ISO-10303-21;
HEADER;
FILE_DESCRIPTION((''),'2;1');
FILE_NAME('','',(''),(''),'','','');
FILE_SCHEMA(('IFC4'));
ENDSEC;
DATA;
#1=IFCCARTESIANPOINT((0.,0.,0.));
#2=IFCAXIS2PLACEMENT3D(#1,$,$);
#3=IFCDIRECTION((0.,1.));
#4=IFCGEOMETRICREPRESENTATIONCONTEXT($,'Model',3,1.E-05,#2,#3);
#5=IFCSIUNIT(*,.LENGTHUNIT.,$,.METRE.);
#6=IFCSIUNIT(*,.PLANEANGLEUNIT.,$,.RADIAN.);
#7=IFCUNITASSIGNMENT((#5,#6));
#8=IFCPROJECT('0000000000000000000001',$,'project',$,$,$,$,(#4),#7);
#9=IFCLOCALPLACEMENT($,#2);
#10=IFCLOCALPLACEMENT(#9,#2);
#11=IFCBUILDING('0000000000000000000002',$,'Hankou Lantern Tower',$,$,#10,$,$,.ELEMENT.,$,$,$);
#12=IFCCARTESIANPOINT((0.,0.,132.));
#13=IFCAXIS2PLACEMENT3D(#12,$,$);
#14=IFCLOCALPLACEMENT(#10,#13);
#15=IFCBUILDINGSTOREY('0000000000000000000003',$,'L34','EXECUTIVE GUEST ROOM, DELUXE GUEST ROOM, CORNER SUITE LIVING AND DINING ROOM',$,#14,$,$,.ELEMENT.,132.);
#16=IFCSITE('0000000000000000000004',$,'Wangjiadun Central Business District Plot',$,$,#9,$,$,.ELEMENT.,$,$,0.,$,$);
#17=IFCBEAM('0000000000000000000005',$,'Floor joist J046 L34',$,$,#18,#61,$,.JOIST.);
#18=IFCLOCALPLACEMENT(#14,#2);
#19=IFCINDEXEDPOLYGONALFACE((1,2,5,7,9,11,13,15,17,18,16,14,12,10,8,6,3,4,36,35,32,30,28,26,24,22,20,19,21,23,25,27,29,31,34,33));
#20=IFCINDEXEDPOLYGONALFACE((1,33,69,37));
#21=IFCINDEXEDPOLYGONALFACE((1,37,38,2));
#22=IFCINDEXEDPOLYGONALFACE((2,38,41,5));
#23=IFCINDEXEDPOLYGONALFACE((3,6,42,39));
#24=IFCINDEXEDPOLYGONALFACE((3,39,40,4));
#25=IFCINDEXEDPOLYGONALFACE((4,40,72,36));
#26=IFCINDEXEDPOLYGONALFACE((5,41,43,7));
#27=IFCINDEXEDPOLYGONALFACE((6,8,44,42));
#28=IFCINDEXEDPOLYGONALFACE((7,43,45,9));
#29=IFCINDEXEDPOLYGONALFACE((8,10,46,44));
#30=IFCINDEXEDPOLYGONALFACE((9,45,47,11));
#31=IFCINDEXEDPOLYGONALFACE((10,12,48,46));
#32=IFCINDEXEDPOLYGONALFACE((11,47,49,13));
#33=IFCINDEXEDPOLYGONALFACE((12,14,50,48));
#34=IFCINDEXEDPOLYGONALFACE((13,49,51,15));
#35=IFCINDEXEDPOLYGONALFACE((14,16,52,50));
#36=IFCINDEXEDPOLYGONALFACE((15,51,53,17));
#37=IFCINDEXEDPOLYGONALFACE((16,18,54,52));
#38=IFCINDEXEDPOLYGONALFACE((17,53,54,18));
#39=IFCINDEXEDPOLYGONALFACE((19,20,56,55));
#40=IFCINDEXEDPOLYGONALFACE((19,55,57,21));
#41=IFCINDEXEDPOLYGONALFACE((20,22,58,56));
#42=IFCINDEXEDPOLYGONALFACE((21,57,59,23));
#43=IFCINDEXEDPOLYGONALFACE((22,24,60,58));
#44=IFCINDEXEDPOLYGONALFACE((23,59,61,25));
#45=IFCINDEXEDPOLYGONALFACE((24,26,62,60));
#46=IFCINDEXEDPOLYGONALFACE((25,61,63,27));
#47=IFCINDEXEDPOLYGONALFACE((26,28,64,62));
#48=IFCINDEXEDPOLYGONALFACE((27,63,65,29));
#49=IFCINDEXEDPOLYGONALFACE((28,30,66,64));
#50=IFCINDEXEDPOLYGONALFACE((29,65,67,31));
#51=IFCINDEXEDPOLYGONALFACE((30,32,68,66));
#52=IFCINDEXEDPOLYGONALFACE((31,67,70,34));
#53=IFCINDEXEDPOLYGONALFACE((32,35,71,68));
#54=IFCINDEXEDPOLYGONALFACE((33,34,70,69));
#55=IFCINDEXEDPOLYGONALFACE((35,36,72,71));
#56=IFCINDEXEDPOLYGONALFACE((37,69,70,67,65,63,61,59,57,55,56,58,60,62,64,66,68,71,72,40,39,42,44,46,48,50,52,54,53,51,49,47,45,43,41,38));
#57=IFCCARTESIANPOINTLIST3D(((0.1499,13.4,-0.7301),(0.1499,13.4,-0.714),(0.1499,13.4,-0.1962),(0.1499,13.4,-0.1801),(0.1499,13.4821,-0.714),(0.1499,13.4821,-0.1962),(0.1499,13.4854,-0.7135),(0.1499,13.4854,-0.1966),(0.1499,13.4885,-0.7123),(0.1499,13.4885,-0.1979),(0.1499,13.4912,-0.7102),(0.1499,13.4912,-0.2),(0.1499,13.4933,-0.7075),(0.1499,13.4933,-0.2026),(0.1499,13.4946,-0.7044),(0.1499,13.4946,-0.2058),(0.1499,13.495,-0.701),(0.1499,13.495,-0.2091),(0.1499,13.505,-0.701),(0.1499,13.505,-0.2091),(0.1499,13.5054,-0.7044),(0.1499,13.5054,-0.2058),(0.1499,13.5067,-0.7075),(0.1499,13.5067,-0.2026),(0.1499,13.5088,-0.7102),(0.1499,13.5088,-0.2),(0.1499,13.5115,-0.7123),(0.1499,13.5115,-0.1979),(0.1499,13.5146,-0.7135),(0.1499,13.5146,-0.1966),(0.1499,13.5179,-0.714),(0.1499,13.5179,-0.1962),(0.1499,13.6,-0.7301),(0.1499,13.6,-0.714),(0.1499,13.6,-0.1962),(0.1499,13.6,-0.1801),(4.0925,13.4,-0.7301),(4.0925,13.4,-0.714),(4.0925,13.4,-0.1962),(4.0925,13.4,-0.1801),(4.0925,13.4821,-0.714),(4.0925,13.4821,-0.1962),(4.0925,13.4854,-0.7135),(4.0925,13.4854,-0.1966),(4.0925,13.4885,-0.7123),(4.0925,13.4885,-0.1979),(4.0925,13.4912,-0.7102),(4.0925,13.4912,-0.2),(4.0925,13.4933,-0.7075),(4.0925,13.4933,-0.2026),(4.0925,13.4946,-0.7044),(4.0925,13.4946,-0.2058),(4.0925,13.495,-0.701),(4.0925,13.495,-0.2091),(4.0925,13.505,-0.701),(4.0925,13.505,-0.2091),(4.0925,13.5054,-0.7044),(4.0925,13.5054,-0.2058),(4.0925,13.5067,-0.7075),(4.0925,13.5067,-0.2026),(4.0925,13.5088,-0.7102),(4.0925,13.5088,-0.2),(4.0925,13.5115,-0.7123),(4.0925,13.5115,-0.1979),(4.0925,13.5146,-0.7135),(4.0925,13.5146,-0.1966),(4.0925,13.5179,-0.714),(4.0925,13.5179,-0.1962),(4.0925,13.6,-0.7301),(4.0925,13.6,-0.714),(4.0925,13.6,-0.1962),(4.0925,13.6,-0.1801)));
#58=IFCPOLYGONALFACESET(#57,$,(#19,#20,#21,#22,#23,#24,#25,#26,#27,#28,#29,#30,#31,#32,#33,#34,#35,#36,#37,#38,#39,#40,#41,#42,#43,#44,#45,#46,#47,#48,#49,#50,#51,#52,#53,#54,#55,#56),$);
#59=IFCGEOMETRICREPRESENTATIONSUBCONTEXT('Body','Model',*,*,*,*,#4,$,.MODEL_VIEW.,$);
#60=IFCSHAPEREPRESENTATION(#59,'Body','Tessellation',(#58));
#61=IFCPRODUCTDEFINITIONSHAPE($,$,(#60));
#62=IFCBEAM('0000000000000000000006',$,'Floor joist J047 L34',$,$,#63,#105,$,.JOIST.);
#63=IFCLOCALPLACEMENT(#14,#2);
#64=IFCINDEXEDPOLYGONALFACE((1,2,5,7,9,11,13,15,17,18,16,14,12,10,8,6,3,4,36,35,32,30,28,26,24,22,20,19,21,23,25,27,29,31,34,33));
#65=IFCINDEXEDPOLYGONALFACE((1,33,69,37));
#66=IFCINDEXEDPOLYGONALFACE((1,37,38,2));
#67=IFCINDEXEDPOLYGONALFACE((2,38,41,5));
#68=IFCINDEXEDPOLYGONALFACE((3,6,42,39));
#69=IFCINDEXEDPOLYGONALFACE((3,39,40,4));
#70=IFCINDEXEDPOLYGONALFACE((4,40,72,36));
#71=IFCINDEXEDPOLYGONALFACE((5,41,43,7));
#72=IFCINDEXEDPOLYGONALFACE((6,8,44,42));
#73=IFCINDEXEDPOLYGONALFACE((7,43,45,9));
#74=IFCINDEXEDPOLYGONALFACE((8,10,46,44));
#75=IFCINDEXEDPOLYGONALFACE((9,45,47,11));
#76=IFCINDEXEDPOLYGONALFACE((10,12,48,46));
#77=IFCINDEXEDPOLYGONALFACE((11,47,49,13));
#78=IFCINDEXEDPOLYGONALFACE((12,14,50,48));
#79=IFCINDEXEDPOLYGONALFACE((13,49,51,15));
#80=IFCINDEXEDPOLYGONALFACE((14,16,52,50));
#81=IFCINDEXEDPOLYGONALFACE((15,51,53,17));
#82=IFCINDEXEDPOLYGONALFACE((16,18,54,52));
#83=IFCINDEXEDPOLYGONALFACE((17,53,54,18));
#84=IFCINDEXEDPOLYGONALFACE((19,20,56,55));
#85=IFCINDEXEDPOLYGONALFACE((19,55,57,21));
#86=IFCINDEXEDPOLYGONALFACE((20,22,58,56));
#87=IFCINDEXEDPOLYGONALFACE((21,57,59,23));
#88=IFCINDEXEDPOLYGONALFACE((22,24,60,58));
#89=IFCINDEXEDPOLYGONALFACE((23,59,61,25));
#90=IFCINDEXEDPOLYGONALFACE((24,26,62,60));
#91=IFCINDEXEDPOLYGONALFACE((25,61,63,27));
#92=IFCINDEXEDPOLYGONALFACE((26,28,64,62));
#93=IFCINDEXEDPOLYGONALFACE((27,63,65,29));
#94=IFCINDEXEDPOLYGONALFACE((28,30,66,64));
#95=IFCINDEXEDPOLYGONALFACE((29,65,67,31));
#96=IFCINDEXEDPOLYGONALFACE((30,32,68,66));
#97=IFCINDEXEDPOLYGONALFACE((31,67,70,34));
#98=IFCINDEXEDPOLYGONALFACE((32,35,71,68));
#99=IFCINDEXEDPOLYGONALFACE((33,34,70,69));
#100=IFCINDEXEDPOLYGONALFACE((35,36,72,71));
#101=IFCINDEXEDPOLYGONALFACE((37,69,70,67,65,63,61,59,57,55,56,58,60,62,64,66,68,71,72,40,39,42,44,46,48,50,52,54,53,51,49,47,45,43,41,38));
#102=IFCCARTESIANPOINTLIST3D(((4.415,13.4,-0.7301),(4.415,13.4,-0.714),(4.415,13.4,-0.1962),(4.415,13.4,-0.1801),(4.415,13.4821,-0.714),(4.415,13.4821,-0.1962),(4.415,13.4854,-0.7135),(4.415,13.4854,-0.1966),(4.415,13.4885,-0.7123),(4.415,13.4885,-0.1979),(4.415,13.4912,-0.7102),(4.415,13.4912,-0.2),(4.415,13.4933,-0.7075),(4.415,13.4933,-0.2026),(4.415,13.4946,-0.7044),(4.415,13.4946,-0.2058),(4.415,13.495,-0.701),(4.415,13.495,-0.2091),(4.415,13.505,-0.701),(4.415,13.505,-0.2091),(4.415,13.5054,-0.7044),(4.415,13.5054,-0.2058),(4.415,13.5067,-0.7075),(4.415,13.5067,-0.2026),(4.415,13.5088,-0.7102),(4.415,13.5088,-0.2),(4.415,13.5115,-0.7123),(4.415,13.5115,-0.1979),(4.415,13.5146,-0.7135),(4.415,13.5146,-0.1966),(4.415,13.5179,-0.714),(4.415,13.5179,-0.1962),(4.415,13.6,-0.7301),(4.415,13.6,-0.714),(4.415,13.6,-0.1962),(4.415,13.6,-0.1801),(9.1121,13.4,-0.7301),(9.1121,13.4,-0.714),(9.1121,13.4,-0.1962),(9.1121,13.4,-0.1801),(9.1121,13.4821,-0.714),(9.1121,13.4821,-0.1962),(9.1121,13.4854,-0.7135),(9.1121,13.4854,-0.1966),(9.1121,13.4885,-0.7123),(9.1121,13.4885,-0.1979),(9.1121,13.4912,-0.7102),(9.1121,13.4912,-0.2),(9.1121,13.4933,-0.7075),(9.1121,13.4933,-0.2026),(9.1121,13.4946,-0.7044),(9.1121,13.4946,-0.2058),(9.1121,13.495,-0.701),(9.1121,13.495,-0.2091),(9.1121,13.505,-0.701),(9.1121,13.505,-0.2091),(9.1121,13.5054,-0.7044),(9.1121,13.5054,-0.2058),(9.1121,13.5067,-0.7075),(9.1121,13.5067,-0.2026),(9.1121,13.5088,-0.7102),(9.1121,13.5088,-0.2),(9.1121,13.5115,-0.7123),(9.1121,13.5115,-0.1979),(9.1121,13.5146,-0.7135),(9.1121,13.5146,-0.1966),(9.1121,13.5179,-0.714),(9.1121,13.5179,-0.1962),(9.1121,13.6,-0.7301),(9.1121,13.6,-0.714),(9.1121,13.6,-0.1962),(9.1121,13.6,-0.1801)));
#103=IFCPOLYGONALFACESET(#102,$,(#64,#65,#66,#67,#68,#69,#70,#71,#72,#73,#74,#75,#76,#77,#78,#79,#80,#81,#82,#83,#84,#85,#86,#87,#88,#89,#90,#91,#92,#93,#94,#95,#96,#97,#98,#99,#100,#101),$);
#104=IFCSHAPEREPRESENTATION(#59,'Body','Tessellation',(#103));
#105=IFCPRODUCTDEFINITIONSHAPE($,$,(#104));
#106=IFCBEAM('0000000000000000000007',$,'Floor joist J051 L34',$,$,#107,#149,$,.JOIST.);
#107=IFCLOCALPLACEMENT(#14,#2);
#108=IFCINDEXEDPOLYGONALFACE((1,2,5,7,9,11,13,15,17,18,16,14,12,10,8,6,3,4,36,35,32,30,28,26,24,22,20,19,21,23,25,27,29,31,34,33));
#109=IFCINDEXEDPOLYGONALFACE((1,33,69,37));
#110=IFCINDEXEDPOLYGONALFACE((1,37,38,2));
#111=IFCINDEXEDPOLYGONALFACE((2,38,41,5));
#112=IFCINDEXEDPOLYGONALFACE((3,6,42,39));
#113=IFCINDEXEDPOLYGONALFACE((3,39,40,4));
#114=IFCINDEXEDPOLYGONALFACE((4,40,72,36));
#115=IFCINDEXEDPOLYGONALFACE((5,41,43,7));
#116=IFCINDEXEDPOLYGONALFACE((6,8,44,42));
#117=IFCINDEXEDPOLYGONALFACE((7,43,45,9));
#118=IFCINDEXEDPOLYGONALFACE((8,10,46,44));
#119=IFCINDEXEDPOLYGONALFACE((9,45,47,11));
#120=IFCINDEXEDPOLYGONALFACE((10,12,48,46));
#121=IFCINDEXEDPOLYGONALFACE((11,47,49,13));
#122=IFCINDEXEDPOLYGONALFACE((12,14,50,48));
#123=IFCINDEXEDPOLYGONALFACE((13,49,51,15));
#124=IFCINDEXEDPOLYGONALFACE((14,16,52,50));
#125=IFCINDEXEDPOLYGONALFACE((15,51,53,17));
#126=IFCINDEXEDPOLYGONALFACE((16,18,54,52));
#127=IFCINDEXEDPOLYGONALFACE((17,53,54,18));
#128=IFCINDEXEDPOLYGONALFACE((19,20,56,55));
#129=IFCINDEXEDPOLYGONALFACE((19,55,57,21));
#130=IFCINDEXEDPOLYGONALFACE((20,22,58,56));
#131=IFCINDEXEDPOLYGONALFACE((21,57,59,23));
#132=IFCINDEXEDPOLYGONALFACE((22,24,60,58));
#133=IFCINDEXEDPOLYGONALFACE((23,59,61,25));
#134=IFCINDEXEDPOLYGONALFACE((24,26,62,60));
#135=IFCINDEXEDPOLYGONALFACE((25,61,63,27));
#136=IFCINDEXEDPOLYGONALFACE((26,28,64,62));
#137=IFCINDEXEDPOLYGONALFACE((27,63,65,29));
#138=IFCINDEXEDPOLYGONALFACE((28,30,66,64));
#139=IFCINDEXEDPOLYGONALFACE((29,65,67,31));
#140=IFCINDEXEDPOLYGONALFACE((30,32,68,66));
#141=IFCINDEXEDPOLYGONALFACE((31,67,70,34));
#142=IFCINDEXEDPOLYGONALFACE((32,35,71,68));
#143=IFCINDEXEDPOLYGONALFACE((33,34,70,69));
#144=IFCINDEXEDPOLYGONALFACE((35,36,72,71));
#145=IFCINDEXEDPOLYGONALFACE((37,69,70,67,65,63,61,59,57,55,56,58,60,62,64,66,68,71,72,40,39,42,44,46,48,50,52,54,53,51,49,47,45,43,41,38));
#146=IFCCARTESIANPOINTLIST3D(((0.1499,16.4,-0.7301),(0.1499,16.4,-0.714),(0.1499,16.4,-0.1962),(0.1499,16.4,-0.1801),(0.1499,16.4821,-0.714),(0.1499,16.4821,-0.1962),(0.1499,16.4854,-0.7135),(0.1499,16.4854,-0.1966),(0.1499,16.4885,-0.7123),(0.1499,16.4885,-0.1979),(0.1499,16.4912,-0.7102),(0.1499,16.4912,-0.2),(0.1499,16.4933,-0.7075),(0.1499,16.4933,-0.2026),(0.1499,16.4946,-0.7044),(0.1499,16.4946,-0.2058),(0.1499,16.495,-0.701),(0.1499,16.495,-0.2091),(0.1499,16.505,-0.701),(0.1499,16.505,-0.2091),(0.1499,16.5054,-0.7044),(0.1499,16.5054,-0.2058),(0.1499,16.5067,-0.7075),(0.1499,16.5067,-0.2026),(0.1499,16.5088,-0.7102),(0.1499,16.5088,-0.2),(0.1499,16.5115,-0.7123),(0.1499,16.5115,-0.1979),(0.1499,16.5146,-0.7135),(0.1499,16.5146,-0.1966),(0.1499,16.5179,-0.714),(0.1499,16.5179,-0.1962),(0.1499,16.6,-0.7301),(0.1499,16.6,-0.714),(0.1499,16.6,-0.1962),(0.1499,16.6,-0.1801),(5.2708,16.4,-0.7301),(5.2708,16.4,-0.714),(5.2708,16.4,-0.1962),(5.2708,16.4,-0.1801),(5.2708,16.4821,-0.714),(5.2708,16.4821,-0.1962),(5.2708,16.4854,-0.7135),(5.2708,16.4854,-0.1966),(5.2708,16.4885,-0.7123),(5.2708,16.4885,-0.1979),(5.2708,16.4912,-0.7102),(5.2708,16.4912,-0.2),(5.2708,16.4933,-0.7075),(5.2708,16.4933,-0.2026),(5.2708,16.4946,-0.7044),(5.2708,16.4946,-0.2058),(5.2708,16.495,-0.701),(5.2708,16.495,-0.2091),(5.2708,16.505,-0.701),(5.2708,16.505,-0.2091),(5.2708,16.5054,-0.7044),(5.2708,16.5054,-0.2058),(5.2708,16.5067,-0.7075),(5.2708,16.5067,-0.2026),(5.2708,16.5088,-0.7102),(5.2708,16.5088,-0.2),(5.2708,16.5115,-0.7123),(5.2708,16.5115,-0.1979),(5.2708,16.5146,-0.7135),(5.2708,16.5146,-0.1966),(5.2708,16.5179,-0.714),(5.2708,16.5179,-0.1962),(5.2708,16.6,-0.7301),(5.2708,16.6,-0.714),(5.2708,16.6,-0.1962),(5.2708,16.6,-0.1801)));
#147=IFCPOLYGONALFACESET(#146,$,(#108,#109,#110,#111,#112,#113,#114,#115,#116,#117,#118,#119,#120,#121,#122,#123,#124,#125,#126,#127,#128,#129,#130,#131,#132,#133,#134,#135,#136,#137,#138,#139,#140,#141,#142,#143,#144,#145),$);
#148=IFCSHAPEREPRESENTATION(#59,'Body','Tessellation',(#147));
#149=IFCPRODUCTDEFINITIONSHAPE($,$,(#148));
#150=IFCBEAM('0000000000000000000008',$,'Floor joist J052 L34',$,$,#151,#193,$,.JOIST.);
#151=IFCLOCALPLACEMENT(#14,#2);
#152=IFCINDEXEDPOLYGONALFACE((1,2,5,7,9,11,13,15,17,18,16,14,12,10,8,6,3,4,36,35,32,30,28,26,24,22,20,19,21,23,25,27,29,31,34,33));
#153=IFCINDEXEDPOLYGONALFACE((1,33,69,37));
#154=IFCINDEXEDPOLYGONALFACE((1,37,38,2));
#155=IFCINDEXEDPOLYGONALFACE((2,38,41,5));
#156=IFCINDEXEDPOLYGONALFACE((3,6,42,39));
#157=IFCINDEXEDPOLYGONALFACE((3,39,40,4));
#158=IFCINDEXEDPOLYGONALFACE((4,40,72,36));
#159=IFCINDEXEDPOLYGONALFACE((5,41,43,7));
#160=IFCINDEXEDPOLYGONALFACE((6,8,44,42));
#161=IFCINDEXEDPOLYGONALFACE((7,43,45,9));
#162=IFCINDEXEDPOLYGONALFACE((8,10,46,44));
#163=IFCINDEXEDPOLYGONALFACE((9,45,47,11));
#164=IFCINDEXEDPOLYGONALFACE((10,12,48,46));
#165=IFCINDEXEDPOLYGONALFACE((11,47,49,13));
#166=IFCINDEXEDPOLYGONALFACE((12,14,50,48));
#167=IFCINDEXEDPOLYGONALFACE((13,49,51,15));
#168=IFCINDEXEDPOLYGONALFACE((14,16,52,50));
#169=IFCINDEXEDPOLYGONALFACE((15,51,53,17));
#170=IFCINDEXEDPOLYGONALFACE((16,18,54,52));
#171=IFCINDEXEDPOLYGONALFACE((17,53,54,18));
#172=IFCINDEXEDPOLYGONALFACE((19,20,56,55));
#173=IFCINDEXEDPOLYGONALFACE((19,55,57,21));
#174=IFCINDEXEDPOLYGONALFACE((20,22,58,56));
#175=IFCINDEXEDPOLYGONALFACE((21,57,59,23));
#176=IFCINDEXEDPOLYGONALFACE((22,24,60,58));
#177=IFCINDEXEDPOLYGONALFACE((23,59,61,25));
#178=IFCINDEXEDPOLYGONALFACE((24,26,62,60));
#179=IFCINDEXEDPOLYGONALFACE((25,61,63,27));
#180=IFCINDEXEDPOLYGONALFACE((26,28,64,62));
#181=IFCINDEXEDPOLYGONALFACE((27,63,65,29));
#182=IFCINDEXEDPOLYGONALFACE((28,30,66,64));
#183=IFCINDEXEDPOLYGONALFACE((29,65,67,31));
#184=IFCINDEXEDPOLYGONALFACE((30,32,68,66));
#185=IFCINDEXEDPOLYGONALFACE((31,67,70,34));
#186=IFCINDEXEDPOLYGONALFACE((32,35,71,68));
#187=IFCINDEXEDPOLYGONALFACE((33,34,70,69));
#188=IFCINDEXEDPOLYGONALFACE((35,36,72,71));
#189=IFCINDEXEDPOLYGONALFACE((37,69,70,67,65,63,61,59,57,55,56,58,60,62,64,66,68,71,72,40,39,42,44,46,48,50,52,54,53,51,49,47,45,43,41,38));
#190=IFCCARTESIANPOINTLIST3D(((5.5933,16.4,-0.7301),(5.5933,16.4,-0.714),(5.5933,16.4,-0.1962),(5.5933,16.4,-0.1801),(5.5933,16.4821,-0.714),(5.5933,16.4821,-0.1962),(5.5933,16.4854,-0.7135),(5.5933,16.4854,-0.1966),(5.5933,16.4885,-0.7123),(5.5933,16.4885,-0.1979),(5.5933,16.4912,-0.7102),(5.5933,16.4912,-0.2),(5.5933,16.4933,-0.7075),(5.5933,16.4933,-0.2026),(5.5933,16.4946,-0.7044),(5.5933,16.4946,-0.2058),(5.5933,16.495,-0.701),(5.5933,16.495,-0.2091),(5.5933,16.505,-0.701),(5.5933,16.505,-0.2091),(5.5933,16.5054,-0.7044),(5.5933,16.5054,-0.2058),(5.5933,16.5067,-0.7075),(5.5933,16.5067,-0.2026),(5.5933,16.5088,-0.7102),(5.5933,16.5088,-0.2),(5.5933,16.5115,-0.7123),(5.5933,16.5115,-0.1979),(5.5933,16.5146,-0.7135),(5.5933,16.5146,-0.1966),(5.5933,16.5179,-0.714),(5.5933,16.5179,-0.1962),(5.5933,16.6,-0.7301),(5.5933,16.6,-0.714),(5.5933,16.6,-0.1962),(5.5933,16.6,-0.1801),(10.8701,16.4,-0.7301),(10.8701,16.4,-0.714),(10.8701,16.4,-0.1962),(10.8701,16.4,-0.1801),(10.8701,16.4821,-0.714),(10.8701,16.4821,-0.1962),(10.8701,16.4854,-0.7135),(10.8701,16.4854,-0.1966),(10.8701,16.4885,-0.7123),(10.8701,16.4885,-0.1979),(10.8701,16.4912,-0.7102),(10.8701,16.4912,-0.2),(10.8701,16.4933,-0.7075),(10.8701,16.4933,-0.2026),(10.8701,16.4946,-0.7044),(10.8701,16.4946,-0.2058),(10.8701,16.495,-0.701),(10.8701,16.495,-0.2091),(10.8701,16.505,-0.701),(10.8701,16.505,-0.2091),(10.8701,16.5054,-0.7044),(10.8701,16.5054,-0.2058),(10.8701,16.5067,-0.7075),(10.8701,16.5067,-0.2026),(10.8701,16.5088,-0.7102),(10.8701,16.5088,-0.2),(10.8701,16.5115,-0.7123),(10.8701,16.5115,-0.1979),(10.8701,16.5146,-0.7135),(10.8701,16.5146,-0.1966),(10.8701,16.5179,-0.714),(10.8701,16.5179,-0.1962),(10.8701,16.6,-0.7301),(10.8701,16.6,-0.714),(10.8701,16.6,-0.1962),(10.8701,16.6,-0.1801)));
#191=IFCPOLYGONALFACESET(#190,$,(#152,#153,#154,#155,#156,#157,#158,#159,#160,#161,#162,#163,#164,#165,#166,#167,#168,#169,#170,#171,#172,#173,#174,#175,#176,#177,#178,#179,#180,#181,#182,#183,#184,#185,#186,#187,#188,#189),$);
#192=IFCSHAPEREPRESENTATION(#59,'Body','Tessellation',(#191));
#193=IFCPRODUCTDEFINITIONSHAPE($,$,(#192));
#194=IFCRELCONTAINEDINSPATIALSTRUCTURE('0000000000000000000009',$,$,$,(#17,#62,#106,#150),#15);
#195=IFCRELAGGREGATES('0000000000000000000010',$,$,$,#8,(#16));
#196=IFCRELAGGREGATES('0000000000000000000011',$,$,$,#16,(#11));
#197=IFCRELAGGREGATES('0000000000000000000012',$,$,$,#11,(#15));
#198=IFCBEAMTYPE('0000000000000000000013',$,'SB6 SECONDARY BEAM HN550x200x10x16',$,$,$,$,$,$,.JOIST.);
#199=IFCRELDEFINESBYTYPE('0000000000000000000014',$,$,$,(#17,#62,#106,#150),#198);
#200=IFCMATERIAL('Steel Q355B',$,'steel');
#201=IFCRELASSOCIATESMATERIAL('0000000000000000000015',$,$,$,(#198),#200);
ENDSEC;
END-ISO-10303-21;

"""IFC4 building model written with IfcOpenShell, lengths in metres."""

from ifc_helpers import new_model, si_unit, direction, frame, origin, origin_2d, place, context, subcontext, project, spatial, i_section, extrude, material, material_profile, profile_set, type_object, element, save


model = new_model("IFC4")

# Units and contexts
model_context = context("Model", 3, precision=1e-05, world=origin(), true_north=direction((0.0, 1.0)))
body_context = subcontext(model_context, "Body", "Model", "MODEL_VIEW")
ifc_project = project(units=[si_unit("LENGTHUNIT", "METRE"), si_unit("PLANEANGLEUNIT", "RADIAN")], contexts=[model_context])

# Site, building, storey
site_placement = place(None, origin())
site = spatial("IfcSite", under=ifc_project, at=site_placement, Name="Wangjiadun Central Business District Plot", CompositionType="ELEMENT", RefElevation=0.0)
building_placement = place(site_placement, origin())
building = spatial("IfcBuilding", under=site, at=building_placement, Name="Hankou Lantern Tower", CompositionType="ELEMENT")
storey_placement = place(building_placement, frame((0.0, 0.0, 132.0)))
storey = spatial("IfcBuildingStorey", under=building, at=storey_placement, Name="L34", Description="EXECUTIVE GUEST ROOM, DELUXE GUEST ROOM, CORNER SUITE LIVING AND DINING ROOM", CompositionType="ELEMENT", Elevation=132.0)

# Beams
ifc_material_1 = material(Name="Steel Q355B", Category="steel")
ifc_material_profile_1 = material_profile(ifc_material_1, i_section(OverallWidth=0.2, OverallDepth=0.55, WebThickness=0.01, FlangeThickness=0.0161, FilletRadius=0.0129, at=origin_2d()), Name="HN550x200x10x16")
ifc_profile_set_1 = profile_set([ifc_material_profile_1], Name="Steel Q355B")
beam_type_1 = type_object("IfcBeamType", Name="SB6 SECONDARY BEAM HN550x200x10x16", PredefinedType="JOIST", material=ifc_profile_set_1)
beam_1_placement = place(storey_placement, frame((0.1499, 13.5, -0.4551), z_axis=(1.0, 0.0, 0.0), x_axis=(0.0, 1.0, 0.0)))
element("IfcBeam", 1, at=beam_1_placement, inside=storey, type_object=beam_type_1, Name="Floor joist J046 L34", PredefinedType="JOIST", context=body_context, shape_type="SweptSolid", body=[
    extrude(i_section(OverallWidth=0.2, OverallDepth=0.55, WebThickness=0.01, FlangeThickness=0.0161, FilletRadius=0.0129, at=origin_2d()), origin(), (0.0, 0.0, 1.0), 3.9426),
])
beam_2_placement = place(storey_placement, frame((4.415, 13.5, -0.4551), z_axis=(1.0, 0.0, 0.0), x_axis=(0.0, 1.0, 0.0)))
element("IfcBeam", 2, at=beam_2_placement, inside=storey, type_object=beam_type_1, Name="Floor joist J047 L34", PredefinedType="JOIST", context=body_context, shape_type="SweptSolid", body=[
    extrude(i_section(OverallWidth=0.2, OverallDepth=0.55, WebThickness=0.01, FlangeThickness=0.0161, FilletRadius=0.0129, at=origin_2d()), origin(), (0.0, 0.0, 1.0), 4.697),
])
beam_3_placement = place(storey_placement, frame((0.1499, 16.5, -0.4551), z_axis=(1.0, 0.0, 0.0), x_axis=(0.0, 1.0, 0.0)))
element("IfcBeam", 3, at=beam_3_placement, inside=storey, type_object=beam_type_1, Name="Floor joist J051 L34", PredefinedType="JOIST", context=body_context, shape_type="SweptSolid", body=[
    extrude(i_section(OverallWidth=0.2, OverallDepth=0.55, WebThickness=0.01, FlangeThickness=0.0161, FilletRadius=0.0129, at=origin_2d()), origin(), (0.0, 0.0, 1.0), 5.1208),
])
beam_4_placement = place(storey_placement, frame((5.5933, 16.5, -0.4551), z_axis=(1.0, 0.0, 0.0), x_axis=(0.0, 1.0, 0.0)))
element("IfcBeam", 4, at=beam_4_placement, inside=storey, type_object=beam_type_1, Name="Floor joist J052 L34", PredefinedType="JOIST", context=body_context, shape_type="SweptSolid", body=[
    extrude(i_section(OverallWidth=0.2, OverallDepth=0.55, WebThickness=0.01, FlangeThickness=0.0161, FilletRadius=0.0129, at=origin_2d()), origin(), (0.0, 0.0, 1.0), 5.2769),
])

save(model, "model.ifc")
